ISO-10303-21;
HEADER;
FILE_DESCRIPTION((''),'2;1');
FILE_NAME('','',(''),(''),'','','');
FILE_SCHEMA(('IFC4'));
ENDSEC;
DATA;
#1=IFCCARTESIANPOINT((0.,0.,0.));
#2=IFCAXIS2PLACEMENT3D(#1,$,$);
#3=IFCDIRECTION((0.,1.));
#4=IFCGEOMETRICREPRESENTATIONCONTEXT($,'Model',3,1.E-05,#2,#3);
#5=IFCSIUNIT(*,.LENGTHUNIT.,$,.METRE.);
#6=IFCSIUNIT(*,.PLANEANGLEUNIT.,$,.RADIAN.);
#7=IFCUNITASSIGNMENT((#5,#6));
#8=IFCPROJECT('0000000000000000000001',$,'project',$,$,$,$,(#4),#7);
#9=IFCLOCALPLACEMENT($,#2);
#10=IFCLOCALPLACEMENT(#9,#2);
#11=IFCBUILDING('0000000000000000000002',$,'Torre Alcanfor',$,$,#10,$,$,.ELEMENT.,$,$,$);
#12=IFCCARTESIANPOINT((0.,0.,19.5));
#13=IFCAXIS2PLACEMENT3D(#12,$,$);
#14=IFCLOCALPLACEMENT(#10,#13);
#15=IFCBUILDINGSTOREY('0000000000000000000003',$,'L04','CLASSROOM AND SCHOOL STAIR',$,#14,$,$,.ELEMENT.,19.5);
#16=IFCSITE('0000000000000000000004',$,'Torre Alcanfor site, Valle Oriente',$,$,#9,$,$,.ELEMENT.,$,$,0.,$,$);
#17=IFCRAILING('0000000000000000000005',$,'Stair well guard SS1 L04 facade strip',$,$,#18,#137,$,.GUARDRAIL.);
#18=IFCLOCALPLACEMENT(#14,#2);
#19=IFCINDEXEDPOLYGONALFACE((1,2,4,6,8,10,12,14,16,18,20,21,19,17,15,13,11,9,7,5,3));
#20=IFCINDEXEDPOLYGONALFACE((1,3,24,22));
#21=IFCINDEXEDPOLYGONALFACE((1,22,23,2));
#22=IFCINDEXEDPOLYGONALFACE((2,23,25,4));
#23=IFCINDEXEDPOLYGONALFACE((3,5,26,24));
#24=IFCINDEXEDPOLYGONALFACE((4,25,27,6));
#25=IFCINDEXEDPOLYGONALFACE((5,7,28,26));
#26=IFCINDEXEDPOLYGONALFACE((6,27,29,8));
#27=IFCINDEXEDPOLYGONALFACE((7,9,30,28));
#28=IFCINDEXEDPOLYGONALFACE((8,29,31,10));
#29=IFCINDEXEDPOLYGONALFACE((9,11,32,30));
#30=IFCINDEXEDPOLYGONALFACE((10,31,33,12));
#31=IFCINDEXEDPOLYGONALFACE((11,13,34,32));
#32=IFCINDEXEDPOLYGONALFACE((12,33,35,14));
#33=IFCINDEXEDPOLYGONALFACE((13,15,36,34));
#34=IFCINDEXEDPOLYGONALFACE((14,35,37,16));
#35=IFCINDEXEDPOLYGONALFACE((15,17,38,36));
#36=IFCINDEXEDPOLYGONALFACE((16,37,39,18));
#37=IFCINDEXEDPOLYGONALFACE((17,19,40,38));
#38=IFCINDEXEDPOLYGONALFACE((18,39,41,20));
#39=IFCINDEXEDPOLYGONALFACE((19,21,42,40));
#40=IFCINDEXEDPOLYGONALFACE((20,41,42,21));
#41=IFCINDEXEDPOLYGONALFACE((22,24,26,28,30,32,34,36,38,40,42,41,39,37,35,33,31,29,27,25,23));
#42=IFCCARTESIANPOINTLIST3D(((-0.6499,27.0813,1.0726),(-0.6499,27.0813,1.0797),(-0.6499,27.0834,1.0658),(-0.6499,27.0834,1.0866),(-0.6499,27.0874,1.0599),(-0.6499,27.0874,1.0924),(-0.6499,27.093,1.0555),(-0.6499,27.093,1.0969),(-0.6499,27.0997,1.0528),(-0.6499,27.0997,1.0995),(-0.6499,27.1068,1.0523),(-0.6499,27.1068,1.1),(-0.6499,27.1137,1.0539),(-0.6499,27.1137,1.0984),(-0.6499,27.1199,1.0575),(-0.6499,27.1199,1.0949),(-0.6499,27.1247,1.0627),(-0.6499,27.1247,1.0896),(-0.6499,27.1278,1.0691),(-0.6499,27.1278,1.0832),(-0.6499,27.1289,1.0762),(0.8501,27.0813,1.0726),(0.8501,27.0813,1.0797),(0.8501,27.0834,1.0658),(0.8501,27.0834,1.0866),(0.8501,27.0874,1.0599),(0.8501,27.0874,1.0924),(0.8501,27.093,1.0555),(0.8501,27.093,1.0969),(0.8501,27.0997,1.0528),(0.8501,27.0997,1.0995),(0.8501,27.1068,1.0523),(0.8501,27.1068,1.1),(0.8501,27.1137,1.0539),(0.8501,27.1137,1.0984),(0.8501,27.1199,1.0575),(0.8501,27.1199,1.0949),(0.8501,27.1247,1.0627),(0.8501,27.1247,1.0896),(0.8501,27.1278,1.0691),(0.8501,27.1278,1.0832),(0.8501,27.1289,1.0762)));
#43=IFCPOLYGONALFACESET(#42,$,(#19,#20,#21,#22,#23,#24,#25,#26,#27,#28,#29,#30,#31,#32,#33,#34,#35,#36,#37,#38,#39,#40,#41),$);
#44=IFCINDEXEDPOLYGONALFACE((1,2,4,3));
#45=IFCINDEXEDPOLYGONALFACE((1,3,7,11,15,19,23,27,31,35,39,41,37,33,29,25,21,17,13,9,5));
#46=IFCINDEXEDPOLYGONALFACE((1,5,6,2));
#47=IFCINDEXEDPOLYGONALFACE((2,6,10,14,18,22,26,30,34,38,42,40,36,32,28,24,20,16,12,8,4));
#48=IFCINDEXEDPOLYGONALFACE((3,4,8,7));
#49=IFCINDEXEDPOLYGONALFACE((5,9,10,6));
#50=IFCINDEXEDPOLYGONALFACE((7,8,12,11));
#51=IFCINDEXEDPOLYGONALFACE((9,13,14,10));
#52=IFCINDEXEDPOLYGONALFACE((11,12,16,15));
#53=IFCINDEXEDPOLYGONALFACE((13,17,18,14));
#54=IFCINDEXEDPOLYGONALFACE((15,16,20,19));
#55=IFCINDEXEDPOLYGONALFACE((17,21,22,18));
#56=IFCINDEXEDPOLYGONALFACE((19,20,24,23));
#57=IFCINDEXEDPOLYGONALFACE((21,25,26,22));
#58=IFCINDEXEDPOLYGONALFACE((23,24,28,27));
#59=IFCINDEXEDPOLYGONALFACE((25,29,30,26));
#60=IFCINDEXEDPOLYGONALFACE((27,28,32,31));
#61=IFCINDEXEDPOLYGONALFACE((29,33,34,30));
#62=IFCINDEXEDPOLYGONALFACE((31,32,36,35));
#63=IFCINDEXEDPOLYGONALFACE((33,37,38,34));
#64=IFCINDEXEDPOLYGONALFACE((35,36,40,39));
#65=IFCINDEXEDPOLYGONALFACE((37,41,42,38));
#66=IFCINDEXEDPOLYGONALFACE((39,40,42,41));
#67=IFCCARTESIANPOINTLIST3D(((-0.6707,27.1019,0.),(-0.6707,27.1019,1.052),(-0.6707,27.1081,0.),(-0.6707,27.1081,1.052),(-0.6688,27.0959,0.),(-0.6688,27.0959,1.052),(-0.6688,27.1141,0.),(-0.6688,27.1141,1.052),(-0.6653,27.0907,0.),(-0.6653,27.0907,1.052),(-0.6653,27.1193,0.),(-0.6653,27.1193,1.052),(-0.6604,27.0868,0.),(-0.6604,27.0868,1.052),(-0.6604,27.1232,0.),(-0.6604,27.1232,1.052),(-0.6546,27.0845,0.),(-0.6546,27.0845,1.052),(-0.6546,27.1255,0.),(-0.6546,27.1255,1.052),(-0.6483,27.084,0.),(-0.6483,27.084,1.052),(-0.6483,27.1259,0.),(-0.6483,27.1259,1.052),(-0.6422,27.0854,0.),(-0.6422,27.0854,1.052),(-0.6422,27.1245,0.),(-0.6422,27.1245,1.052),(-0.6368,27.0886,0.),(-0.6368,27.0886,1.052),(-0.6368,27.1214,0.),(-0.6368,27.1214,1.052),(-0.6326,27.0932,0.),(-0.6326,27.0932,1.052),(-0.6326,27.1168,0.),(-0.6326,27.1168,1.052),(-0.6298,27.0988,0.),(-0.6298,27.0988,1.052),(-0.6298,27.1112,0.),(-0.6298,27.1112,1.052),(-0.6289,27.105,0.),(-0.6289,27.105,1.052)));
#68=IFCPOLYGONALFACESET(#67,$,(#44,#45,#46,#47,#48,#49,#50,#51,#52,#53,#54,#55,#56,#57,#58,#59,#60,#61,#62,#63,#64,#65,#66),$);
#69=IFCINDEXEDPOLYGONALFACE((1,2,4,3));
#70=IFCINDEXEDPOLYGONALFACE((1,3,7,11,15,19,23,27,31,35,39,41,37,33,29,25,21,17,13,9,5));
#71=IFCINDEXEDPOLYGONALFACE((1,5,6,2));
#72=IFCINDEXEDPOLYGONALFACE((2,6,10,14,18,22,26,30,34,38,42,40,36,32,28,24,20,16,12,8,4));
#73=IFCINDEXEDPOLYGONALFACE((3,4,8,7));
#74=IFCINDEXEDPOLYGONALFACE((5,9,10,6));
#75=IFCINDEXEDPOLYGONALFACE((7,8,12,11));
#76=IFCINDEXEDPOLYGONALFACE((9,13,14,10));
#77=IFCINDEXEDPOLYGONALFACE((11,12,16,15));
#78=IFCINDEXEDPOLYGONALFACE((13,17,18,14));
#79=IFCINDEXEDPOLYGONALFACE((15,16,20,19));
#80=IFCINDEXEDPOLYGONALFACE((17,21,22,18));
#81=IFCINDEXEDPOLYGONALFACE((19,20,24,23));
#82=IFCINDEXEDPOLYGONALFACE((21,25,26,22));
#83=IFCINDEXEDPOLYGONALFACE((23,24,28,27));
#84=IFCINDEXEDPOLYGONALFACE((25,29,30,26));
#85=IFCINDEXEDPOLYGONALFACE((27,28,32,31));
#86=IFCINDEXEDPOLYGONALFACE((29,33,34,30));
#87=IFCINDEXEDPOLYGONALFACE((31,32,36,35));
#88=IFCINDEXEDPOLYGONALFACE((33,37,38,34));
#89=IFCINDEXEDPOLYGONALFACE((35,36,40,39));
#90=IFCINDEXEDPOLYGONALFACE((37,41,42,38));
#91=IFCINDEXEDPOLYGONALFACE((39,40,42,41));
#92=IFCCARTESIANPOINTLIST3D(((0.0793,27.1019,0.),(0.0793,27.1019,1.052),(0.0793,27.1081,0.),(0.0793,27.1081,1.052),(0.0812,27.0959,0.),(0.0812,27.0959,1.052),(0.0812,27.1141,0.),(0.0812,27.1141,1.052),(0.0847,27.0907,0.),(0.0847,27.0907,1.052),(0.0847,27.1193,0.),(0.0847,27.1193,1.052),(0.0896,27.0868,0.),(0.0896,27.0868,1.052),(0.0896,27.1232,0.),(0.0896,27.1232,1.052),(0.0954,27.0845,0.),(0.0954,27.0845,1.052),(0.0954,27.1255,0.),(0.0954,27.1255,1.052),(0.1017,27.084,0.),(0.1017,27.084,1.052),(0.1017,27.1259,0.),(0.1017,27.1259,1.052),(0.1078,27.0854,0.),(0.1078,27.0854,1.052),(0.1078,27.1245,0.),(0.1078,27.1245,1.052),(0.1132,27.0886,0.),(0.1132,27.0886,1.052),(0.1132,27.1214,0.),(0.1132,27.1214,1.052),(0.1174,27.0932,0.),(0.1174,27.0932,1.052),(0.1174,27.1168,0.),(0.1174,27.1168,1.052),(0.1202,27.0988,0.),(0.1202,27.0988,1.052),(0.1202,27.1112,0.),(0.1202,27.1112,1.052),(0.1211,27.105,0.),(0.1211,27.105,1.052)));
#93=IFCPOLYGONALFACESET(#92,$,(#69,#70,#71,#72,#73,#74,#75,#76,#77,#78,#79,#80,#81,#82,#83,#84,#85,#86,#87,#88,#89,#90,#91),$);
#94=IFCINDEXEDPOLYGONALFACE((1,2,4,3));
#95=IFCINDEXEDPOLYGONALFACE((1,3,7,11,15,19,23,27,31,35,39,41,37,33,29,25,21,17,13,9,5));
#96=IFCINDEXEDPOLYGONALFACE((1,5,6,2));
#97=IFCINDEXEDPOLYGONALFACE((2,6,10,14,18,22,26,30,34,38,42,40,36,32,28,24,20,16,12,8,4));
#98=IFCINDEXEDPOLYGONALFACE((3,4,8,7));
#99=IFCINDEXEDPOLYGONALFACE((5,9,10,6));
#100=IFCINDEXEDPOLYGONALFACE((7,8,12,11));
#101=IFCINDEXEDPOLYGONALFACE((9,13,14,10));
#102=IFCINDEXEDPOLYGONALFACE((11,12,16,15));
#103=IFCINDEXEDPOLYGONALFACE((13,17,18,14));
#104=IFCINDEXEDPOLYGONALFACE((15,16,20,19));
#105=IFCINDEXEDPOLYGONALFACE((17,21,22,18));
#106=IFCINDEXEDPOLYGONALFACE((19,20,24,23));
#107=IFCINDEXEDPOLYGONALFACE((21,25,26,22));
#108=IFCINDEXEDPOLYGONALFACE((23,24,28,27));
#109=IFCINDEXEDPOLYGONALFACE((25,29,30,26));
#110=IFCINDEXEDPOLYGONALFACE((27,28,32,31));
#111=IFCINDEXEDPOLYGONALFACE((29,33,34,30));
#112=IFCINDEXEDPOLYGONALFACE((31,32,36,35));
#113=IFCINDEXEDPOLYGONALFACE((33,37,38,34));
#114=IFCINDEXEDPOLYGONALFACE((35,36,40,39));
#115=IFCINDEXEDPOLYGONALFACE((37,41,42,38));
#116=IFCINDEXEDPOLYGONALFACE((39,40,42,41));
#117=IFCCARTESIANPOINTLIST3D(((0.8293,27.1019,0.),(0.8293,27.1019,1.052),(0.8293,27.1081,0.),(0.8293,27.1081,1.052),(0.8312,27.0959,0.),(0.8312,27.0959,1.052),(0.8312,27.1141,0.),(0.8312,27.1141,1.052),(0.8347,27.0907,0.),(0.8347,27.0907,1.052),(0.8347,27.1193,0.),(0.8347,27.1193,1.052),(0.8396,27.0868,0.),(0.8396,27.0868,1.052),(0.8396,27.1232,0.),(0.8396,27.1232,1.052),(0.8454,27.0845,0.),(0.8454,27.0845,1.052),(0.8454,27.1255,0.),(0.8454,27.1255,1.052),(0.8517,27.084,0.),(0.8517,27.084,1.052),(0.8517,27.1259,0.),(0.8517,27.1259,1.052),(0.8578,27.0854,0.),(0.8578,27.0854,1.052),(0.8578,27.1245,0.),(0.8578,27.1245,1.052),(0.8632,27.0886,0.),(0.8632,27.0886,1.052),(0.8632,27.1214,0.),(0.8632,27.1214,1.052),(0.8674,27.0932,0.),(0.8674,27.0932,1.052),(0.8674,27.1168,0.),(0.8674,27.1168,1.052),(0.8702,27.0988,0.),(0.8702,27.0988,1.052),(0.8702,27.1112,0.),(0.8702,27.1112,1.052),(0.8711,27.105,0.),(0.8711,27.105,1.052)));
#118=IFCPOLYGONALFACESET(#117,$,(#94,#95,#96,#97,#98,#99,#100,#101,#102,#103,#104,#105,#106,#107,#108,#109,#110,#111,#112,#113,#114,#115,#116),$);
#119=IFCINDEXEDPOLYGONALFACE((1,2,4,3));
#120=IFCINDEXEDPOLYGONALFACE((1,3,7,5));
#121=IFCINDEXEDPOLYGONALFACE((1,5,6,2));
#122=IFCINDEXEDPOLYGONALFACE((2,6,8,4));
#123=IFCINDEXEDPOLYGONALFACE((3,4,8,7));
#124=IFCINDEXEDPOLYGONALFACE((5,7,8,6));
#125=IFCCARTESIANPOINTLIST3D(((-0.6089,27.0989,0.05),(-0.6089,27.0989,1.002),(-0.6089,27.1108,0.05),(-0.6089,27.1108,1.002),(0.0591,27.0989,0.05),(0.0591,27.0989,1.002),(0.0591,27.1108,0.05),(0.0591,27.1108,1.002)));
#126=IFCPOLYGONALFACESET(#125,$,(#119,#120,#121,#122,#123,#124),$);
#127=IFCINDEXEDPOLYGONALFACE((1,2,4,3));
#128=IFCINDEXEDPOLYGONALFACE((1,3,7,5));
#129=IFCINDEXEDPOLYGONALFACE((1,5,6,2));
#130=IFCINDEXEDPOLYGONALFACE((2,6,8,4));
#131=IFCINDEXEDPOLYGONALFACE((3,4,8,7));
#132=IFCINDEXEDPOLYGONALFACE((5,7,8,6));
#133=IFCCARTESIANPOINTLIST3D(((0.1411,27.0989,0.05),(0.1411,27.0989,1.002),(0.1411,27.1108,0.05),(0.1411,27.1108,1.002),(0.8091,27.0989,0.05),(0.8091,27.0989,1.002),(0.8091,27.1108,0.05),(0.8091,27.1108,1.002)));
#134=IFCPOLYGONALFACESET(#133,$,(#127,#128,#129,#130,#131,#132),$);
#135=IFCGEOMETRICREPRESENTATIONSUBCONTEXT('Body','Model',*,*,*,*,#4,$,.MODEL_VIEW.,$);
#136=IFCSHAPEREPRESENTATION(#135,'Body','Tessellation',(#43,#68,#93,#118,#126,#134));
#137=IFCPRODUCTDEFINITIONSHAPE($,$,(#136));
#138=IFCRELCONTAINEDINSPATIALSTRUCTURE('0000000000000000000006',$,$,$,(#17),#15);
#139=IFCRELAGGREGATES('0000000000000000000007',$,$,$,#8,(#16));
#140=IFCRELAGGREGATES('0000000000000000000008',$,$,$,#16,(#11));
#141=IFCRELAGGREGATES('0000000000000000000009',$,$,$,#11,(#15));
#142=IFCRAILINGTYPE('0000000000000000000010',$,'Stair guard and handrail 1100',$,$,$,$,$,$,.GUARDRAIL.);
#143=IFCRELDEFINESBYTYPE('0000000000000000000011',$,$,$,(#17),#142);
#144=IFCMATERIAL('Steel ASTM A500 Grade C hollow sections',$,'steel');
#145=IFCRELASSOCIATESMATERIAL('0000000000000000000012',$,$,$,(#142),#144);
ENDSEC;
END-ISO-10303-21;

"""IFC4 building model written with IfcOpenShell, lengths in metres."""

from ifc_helpers import new_model, si_unit, direction, frame, origin, origin_2d, place, context, subcontext, project, spatial, polyline, circle, outline, extrude, material, type_object, element, save


model = new_model("IFC4")

# Units and contexts
model_context = context("Model", 3, precision=1e-05, world=origin(), true_north=direction((0.0, 1.0)))
body_context = subcontext(model_context, "Body", "Model", "MODEL_VIEW")
ifc_project = project(units=[si_unit("LENGTHUNIT", "METRE"), si_unit("PLANEANGLEUNIT", "RADIAN")], contexts=[model_context])

# Site, building, storey
site_placement = place(None, origin())
site = spatial("IfcSite", under=ifc_project, at=site_placement, Name="Torre Alcanfor site, Valle Oriente", CompositionType="ELEMENT", RefElevation=0.0)
building_placement = place(site_placement, origin())
building = spatial("IfcBuilding", under=site, at=building_placement, Name="Torre Alcanfor", CompositionType="ELEMENT")
storey_placement = place(building_placement, frame((0.0, 0.0, 19.5)))
storey = spatial("IfcBuildingStorey", under=building, at=storey_placement, Name="L04", Description="CLASSROOM AND SCHOOL STAIR", CompositionType="ELEMENT", Elevation=19.5)

# Railing
ifc_material_1 = material(Name="Steel ASTM A500 Grade C hollow sections", Category="steel")
railing_type_1 = type_object("IfcRailingType", Name="Stair guard and handrail 1100", PredefinedType="GUARDRAIL", material=ifc_material_1)
railing_1_placement = place(storey_placement, frame((-0.6499, 27.105, 0.0)))
element("IfcRailing", 1, at=railing_1_placement, inside=storey, type_object=railing_type_1, Name="Stair well guard SS1 L04 facade strip", PredefinedType="GUARDRAIL", context=body_context, shape_type="SweptSolid", body=[
    extrude(circle(Radius=0.0239, at=origin_2d()), frame((0.0, 0.0, 1.0762), z_axis=(1.0, 0.0, 0.0), x_axis=(0.0, 1.0, 0.0)), (0.0, 0.0, 1.0), 1.5),
    extrude(circle(Radius=0.021, at=origin_2d()), origin(), (0.0, 0.0, 1.0), 1.052),
    extrude(circle(Radius=0.021, at=origin_2d()), frame((0.75, 0.0, 0.0)), (0.0, 0.0, 1.0), 1.052),
    extrude(circle(Radius=0.021, at=origin_2d()), frame((1.5, 0.0, 0.0)), (0.0, 0.0, 1.0), 1.052),
    extrude(outline(polyline([(0.041, 0.05), (0.709, 0.05), (0.709, 1.002), (0.041, 1.002), (0.041, 0.05)])), frame((0.0, 0.0059, 0.0), z_axis=(0.0, -1.0, 0.0), x_axis=(1.0, 0.0, 0.0)), (0.0, 0.0, 1.0), 0.012),
    extrude(outline(polyline([(0.791, 0.05), (1.459, 0.05), (1.459, 1.002), (0.791, 1.002), (0.791, 0.05)])), frame((0.0, 0.0059, 0.0), z_axis=(0.0, -1.0, 0.0), x_axis=(1.0, 0.0, 0.0)), (0.0, 0.0, 1.0), 0.012),
])

save(model, "model.ifc")
